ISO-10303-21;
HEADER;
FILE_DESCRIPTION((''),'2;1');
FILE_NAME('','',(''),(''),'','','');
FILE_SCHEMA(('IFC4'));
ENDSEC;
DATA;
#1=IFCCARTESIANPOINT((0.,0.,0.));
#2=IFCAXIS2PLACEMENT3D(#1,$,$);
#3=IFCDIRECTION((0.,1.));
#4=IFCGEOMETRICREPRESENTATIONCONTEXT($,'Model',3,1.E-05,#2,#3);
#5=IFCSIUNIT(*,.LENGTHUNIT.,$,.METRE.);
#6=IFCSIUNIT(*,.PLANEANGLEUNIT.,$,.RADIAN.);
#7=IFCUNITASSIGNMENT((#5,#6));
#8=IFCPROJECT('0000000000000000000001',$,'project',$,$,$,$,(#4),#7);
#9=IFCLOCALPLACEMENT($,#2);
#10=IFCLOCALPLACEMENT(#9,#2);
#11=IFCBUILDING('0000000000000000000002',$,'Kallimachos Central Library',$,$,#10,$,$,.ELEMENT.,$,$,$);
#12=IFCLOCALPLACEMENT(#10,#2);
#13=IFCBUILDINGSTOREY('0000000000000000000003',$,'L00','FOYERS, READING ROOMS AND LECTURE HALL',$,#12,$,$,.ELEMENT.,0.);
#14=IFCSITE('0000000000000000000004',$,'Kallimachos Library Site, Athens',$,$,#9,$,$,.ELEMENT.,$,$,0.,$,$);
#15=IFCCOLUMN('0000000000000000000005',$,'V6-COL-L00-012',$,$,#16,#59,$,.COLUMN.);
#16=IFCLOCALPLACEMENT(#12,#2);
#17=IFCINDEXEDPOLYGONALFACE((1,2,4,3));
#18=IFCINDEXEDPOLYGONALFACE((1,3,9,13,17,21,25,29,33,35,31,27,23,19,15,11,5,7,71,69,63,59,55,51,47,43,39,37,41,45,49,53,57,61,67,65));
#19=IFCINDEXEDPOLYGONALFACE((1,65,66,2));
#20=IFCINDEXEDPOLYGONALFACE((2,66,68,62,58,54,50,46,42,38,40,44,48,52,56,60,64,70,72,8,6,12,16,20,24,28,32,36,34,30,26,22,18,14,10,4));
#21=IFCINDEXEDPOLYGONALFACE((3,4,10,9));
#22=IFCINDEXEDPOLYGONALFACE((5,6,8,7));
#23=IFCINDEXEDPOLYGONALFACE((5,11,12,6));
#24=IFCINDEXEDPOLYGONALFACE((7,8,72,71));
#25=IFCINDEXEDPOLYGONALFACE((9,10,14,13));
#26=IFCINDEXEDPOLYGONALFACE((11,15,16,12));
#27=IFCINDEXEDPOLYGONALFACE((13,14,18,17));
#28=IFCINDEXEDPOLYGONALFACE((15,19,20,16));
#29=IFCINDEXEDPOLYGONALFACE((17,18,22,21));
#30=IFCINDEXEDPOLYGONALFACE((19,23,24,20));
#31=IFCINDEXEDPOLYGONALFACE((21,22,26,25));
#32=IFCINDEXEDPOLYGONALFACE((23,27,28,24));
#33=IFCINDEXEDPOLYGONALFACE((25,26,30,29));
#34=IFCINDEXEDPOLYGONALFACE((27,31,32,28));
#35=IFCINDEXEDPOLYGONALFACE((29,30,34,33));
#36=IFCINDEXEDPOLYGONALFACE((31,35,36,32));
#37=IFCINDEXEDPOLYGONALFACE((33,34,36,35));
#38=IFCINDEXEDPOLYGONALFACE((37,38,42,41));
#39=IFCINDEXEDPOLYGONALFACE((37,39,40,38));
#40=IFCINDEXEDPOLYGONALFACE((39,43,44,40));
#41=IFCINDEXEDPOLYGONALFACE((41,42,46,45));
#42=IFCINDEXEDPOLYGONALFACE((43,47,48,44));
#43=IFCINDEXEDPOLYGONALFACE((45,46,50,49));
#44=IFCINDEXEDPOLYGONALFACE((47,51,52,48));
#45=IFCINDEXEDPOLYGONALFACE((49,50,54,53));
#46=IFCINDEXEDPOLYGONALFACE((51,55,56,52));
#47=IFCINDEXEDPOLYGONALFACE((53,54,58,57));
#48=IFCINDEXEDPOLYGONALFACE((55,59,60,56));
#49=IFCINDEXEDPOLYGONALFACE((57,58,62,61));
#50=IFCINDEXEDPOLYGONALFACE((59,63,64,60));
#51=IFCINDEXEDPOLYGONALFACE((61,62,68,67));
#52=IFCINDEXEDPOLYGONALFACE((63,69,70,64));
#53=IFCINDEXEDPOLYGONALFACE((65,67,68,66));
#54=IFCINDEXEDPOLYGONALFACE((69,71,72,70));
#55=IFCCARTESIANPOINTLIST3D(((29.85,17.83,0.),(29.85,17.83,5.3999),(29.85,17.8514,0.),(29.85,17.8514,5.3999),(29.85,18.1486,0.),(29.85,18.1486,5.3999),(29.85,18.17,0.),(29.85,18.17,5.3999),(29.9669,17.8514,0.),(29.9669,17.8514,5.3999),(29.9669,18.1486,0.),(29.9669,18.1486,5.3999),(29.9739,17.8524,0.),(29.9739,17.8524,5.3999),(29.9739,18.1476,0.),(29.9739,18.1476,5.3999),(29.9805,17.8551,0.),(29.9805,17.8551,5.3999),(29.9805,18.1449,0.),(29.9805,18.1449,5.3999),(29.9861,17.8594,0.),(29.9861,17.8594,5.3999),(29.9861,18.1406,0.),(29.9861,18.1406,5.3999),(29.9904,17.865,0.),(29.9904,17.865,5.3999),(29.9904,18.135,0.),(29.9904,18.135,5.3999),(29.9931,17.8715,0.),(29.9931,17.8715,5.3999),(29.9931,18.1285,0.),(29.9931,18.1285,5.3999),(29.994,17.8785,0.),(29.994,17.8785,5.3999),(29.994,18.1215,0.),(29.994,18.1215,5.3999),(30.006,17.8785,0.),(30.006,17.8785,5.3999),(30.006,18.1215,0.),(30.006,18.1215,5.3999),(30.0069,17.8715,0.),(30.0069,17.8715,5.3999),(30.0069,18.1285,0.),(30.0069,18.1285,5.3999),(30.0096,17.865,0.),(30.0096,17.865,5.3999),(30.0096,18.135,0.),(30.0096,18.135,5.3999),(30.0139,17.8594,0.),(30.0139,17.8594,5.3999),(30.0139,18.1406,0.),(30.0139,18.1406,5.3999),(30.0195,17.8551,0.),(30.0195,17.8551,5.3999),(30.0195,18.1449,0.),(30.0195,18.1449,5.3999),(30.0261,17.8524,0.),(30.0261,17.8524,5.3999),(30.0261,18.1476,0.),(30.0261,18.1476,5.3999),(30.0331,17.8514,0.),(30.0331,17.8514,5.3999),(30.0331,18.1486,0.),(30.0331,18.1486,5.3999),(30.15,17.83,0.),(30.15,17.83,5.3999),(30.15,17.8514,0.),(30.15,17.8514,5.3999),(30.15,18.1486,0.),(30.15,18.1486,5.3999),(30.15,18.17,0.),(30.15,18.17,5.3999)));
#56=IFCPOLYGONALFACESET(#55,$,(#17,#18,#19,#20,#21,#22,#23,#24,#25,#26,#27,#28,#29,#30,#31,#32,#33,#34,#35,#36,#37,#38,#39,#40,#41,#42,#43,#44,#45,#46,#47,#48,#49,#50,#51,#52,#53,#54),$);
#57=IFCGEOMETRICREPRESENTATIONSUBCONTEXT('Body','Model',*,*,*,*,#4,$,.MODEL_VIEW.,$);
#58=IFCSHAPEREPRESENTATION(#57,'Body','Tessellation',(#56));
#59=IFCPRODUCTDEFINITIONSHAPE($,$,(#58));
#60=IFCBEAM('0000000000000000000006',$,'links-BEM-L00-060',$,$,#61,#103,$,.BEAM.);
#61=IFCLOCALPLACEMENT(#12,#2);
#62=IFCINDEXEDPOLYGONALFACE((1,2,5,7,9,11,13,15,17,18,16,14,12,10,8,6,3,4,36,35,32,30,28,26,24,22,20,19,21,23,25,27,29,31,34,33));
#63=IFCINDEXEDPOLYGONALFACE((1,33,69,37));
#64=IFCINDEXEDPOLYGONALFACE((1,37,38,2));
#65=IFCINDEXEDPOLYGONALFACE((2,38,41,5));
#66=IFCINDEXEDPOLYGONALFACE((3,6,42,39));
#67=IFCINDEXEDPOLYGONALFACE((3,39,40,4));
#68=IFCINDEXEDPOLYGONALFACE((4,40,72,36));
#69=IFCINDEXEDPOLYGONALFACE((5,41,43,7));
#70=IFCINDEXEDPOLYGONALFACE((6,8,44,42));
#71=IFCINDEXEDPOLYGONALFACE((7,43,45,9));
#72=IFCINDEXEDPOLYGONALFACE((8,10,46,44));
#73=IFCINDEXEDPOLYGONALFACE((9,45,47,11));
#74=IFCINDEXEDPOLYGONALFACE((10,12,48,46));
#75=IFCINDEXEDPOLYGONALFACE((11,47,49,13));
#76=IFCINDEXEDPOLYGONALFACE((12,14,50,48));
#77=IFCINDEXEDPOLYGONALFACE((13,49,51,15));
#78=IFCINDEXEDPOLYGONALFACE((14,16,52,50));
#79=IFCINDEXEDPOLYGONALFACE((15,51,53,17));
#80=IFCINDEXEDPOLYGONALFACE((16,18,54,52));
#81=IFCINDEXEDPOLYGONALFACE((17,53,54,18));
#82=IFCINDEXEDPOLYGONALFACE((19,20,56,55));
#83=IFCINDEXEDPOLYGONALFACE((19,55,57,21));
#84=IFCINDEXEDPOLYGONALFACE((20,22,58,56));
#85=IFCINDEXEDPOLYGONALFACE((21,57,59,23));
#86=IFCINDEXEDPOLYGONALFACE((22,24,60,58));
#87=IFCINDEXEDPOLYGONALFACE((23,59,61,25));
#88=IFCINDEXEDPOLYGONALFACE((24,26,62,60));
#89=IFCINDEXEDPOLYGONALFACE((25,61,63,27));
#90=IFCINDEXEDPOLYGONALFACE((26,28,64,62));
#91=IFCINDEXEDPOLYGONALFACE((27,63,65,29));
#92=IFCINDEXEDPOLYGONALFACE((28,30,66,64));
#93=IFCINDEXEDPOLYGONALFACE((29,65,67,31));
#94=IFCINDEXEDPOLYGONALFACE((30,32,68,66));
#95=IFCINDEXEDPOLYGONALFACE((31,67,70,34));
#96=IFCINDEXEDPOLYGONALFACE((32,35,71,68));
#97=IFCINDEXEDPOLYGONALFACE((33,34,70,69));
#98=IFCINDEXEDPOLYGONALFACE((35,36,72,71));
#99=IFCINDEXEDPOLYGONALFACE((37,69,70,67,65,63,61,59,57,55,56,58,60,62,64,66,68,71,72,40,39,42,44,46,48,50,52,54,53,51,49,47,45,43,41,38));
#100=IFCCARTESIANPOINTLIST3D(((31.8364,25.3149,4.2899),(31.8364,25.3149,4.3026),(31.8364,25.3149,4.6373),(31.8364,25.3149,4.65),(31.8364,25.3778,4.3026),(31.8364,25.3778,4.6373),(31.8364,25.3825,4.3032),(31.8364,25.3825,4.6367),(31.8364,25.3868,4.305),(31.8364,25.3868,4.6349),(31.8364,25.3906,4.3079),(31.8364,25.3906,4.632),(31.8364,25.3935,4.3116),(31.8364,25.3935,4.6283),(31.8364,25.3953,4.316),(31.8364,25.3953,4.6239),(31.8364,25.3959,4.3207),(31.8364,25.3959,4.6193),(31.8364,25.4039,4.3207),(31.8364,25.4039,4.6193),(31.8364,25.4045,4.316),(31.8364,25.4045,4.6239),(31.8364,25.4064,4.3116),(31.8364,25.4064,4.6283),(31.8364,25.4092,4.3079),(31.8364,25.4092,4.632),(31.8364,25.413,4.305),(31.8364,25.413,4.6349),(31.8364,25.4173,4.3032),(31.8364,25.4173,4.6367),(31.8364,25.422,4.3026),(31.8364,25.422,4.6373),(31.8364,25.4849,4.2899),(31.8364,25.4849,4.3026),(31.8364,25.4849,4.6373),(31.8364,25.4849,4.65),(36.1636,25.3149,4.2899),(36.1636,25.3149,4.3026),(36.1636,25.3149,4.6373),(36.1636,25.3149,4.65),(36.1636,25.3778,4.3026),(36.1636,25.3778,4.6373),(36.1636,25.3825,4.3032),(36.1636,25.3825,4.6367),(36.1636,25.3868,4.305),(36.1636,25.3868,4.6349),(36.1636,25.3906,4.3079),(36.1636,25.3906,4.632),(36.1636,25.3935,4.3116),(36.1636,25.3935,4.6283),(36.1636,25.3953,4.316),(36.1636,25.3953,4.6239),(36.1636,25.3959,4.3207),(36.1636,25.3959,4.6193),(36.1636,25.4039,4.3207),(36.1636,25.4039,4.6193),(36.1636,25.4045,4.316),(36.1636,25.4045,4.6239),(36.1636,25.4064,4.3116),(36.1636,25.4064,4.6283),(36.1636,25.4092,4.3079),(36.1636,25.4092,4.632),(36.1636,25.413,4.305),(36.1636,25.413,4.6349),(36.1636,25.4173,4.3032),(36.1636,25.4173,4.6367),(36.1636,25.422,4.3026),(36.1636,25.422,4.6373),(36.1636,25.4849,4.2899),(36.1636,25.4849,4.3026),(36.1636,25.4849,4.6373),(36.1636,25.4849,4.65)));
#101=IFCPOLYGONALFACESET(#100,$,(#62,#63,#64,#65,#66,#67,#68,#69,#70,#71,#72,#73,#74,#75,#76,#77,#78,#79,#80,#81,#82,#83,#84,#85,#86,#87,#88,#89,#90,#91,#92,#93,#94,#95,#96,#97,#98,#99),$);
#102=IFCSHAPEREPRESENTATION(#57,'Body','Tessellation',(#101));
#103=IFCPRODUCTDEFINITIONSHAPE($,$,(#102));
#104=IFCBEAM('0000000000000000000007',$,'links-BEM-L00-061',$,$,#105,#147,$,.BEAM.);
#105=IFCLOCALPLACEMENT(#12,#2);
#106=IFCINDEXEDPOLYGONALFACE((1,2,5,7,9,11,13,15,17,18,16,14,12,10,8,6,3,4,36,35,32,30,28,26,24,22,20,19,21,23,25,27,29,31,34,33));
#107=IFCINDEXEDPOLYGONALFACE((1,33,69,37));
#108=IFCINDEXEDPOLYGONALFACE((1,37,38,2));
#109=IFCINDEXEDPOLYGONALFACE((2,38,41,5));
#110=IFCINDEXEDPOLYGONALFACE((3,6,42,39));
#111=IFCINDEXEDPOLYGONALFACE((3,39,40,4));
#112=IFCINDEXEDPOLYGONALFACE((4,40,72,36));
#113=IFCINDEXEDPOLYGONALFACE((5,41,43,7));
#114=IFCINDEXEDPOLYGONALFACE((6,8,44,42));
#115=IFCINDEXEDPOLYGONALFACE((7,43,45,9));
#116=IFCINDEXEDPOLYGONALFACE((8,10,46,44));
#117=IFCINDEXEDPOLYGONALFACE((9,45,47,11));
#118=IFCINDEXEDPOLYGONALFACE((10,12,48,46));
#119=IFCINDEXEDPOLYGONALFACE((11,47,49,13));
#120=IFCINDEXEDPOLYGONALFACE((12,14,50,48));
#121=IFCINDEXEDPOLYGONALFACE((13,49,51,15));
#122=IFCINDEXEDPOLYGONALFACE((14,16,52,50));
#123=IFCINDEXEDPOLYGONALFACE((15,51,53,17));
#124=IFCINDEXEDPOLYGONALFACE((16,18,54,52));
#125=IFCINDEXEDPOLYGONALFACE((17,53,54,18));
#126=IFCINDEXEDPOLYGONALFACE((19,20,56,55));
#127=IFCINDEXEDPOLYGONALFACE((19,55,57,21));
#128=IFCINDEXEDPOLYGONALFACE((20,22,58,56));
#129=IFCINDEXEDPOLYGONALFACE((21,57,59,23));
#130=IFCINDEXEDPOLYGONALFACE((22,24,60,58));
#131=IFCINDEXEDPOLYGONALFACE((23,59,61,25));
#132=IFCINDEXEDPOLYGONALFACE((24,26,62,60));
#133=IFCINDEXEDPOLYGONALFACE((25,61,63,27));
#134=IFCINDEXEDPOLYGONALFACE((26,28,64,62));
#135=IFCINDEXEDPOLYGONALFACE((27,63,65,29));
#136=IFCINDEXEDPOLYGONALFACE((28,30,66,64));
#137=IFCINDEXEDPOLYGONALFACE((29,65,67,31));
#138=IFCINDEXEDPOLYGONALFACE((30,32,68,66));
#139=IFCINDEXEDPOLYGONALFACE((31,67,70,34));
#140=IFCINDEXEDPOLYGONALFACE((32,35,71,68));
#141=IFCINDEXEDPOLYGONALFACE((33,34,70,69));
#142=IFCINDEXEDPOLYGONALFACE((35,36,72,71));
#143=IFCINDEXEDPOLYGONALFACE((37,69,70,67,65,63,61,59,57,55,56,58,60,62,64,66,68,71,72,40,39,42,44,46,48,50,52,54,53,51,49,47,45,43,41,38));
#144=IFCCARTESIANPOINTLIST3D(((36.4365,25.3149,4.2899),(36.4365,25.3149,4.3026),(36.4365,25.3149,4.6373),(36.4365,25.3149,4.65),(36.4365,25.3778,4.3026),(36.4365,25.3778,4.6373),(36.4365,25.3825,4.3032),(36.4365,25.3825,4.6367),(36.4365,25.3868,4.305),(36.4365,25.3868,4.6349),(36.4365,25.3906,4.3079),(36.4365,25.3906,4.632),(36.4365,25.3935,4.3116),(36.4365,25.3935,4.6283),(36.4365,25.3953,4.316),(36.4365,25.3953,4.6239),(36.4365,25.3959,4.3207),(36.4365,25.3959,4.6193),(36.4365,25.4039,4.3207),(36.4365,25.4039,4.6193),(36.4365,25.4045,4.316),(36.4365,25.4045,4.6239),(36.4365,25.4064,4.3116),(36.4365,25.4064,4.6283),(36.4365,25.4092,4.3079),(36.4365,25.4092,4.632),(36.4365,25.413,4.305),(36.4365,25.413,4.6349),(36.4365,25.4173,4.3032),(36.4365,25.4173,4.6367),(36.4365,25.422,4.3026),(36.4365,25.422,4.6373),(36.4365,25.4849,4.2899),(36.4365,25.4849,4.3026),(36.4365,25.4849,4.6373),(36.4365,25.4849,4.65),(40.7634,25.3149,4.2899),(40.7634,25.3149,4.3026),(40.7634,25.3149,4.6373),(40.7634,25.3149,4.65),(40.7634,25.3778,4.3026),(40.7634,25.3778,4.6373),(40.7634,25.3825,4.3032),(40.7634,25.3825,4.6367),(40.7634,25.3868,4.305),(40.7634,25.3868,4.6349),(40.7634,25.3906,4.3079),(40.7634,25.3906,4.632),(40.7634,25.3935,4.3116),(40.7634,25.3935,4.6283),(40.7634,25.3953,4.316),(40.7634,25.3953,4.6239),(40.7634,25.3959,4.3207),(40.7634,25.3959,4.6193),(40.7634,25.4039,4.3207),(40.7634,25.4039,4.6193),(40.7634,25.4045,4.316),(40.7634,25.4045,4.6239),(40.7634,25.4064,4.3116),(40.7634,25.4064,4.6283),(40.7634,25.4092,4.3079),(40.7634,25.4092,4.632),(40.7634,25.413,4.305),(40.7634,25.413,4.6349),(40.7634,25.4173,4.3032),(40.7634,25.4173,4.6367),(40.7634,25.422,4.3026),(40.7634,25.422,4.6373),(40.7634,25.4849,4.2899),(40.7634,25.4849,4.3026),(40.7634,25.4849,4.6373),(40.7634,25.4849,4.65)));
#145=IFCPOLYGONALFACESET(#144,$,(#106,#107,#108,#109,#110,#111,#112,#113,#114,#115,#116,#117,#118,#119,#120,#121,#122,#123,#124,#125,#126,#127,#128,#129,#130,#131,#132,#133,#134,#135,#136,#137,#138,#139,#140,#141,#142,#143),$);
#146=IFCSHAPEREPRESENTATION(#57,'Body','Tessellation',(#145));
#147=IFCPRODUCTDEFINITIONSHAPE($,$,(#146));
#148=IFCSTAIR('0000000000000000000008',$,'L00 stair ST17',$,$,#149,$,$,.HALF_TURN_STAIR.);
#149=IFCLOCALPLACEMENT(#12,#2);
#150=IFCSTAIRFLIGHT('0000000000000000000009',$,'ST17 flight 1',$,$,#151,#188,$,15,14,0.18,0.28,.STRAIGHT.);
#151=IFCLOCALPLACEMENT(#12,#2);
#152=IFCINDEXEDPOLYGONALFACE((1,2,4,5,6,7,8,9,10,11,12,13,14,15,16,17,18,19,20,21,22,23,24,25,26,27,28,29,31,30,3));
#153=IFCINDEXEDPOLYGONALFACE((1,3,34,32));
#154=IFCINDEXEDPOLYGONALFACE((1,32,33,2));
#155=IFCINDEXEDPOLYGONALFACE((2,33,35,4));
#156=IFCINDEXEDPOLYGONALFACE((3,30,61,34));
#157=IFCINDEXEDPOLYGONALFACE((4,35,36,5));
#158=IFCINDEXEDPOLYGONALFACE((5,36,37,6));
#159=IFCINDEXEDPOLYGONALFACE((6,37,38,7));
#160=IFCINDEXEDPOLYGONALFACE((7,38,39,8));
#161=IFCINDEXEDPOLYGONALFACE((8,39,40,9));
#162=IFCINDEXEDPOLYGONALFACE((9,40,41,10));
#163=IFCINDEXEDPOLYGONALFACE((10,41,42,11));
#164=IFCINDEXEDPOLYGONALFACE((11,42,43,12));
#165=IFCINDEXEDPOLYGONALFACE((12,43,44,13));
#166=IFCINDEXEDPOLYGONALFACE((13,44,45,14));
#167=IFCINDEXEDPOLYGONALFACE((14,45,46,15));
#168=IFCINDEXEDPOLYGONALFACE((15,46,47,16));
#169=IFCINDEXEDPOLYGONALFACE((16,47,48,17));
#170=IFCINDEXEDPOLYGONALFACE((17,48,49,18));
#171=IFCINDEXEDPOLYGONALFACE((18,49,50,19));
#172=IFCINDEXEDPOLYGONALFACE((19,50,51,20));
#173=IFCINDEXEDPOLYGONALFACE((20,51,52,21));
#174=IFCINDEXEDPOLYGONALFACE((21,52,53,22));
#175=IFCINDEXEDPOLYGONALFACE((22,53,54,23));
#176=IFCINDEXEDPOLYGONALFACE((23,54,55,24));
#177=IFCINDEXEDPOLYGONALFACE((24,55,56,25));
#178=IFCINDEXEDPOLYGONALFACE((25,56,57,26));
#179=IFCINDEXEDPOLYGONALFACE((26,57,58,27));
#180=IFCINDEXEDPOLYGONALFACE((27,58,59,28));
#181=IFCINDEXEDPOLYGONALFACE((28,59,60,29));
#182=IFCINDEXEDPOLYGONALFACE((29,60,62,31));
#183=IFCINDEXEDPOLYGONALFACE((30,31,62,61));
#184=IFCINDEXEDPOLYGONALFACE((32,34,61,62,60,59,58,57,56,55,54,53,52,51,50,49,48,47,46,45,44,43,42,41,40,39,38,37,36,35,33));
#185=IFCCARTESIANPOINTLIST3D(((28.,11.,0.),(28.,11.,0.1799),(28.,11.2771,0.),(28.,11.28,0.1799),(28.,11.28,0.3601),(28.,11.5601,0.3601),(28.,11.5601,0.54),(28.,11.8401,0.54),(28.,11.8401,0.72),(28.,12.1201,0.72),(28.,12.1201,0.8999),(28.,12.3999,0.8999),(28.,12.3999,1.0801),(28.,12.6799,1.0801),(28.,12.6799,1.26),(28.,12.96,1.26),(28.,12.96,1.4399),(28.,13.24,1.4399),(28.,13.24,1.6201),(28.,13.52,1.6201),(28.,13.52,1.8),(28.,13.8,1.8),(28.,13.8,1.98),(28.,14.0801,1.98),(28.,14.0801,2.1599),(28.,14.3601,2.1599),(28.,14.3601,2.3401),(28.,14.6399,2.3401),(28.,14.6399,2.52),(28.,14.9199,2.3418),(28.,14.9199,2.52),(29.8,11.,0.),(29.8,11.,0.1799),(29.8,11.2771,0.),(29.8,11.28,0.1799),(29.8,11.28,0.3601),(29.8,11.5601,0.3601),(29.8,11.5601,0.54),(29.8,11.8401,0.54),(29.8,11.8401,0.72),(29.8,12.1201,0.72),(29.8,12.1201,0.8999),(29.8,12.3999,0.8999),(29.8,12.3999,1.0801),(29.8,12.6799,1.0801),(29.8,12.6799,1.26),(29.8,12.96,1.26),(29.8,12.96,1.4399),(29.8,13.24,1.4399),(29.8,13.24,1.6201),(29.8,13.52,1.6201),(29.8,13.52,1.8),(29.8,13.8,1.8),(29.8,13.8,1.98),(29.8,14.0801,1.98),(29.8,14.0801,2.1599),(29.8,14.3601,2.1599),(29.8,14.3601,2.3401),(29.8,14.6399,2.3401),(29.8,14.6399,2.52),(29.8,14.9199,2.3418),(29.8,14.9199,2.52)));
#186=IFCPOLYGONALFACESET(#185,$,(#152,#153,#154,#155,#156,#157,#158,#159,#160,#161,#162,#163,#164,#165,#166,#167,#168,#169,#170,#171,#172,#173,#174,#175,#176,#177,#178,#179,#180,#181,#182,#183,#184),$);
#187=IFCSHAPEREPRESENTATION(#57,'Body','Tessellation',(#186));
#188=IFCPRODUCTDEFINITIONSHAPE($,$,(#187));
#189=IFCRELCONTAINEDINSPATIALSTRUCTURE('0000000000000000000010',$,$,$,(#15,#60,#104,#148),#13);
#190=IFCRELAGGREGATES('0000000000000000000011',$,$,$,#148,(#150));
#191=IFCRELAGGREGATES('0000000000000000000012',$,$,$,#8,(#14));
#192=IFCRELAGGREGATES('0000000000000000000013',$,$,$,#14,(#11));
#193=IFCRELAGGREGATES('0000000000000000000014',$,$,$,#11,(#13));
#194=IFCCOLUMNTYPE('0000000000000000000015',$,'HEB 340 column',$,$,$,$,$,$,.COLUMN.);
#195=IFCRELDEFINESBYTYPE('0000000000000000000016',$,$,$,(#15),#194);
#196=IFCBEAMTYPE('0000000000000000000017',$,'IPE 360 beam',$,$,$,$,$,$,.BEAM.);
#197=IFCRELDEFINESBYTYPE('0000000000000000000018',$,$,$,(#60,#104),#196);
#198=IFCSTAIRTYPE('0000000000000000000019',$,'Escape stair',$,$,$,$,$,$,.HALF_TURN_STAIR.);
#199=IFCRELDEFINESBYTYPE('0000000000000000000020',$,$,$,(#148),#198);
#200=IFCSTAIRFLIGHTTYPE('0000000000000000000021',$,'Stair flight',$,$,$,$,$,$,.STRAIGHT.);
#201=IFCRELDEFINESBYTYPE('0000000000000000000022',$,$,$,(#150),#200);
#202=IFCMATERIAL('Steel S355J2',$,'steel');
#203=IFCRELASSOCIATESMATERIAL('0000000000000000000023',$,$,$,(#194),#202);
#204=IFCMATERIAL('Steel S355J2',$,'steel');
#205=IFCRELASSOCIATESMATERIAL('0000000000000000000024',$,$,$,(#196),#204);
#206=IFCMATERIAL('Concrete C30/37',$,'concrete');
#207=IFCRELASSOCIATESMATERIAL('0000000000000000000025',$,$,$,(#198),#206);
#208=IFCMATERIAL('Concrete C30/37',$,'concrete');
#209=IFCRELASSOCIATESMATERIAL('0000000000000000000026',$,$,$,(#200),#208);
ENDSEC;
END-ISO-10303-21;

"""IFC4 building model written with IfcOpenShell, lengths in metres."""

from ifc_helpers import new_model, si_unit, direction, frame, origin, origin_2d, place, context, subcontext, project, spatial, polyline, i_section, outline, extrude, material, material_profile, profile_set, type_object, element, aggregate, save


model = new_model("IFC4")

# Units and contexts
model_context = context("Model", 3, precision=1e-05, world=origin(), true_north=direction((0.0, 1.0)))
body_context = subcontext(model_context, "Body", "Model", "MODEL_VIEW")
ifc_project = project(units=[si_unit("LENGTHUNIT", "METRE"), si_unit("PLANEANGLEUNIT", "RADIAN")], contexts=[model_context])

# Site, building, storey
site_placement = place(None, origin())
site = spatial("IfcSite", under=ifc_project, at=site_placement, Name="Kallimachos Library Site, Athens", CompositionType="ELEMENT", RefElevation=0.0)
building_placement = place(site_placement, origin())
building = spatial("IfcBuilding", under=site, at=building_placement, Name="Kallimachos Central Library", CompositionType="ELEMENT")
storey_placement = place(building_placement, origin())
storey = spatial("IfcBuildingStorey", under=building, at=storey_placement, Name="L00", Description="FOYERS, READING ROOMS AND LECTURE HALL", CompositionType="ELEMENT", Elevation=0.0)

# Column
ifc_material_1 = material(Name="Steel S355J2", Category="steel")
ifc_material_profile_1 = material_profile(ifc_material_1, i_section(OverallWidth=0.3, OverallDepth=0.3401, WebThickness=0.012, FlangeThickness=0.0215, FilletRadius=0.0271, at=origin_2d()), Name="HEB 340")
ifc_profile_set_1 = profile_set([ifc_material_profile_1], Name="Steel S355J2")
column_type_1 = type_object("IfcColumnType", Name="HEB 340 column", PredefinedType="COLUMN", material=ifc_profile_set_1)
column_placement = place(storey_placement, frame((30.0, 18.0, 0.0), z_axis=(0.0, 0.0, 1.0), x_axis=(1.0, 0.0, 0.0)))
element("IfcColumn", 1, at=column_placement, inside=storey, type_object=column_type_1, Name="V6-COL-L00-012", PredefinedType="COLUMN", context=body_context, shape_type="SweptSolid", body=[
    extrude(i_section(OverallWidth=0.3, OverallDepth=0.3401, WebThickness=0.012, FlangeThickness=0.0215, FilletRadius=0.0271, at=origin_2d()), origin(), (0.0, 0.0, 1.0), 5.3999),
])

# Beams
ifc_material_2 = material(Name="Steel S355J2", Category="steel")
ifc_material_profile_2 = material_profile(ifc_material_2, i_section(OverallWidth=0.1699, OverallDepth=0.3601, WebThickness=0.0081, FlangeThickness=0.0127, FilletRadius=0.0181, at=origin_2d()), Name="IPE 360")
ifc_profile_set_2 = profile_set([ifc_material_profile_2], Name="Steel S355J2")
beam_type = type_object("IfcBeamType", Name="IPE 360 beam", PredefinedType="BEAM", material=ifc_profile_set_2)
beam_1_placement = place(storey_placement, frame((31.8364, 25.3999, 4.47), z_axis=(1.0, 0.0, 0.0), x_axis=(0.0, 1.0, 0.0)))
element("IfcBeam", 2, at=beam_1_placement, inside=storey, type_object=beam_type, Name="links-BEM-L00-060", PredefinedType="BEAM", context=body_context, shape_type="SweptSolid", body=[
    extrude(i_section(OverallWidth=0.1699, OverallDepth=0.3601, WebThickness=0.0081, FlangeThickness=0.0127, FilletRadius=0.0181, at=origin_2d()), origin(), (0.0, 0.0, 1.0), 4.3271),
])
beam_2_placement = place(storey_placement, frame((36.4365, 25.3999, 4.47), z_axis=(1.0, 0.0, 0.0), x_axis=(0.0, 1.0, 0.0)))
element("IfcBeam", 3, at=beam_2_placement, inside=storey, type_object=beam_type, Name="links-BEM-L00-061", PredefinedType="BEAM", context=body_context, shape_type="SweptSolid", body=[
    extrude(i_section(OverallWidth=0.1699, OverallDepth=0.3601, WebThickness=0.0081, FlangeThickness=0.0127, FilletRadius=0.0181, at=origin_2d()), origin(), (0.0, 0.0, 1.0), 4.3269),
])

# Stair, stair flight
ifc_material_3 = material(Name="Concrete C30/37", Category="concrete")
stair_type = type_object("IfcStairType", Name="Escape stair", PredefinedType="HALF_TURN_STAIR", material=ifc_material_3)
stair_placement = place(storey_placement, origin())
stair = element("IfcStair", 4, at=stair_placement, inside=storey, type_object=stair_type, Name="L00 stair ST17", PredefinedType="HALF_TURN_STAIR")
ifc_material_4 = material(Name="Concrete C30/37", Category="concrete")
stair_flight_type = type_object("IfcStairFlightType", Name="Stair flight", PredefinedType="STRAIGHT", material=ifc_material_4)
stair_flight_placement = place(storey_placement, frame((28.8999, 11.0, 0.0), z_axis=(0.0, 0.0, 1.0), x_axis=(0.0, 1.0, 0.0)))
stair_flight = element("IfcStairFlight", 5, at=stair_flight_placement, type_object=stair_flight_type, Name="ST17 flight 1", NumberOfRisers=15, NumberOfTreads=14, PredefinedType="STRAIGHT", RiserHeight=0.18, TreadLength=0.28, context=body_context, shape_type="SweptSolid", body=[
    extrude(outline(polyline([(0.0, 0.0), (0.0, 0.1799), (0.28, 0.1799), (0.28, 0.3601), (0.5601, 0.3601), (0.5601, 0.54), (0.8401, 0.54), (0.8401, 0.72), (1.1201, 0.72), (1.1201, 0.8999), (1.3999, 0.8999), (1.3999, 1.0801), (1.6799, 1.0801), (1.6799, 1.26), (1.96, 1.26), (1.96, 1.4399), (2.24, 1.4399), (2.24, 1.6201), (2.52, 1.6201), (2.52, 1.8), (2.8, 1.8), (2.8, 1.98), (3.0801, 1.98), (3.0801, 2.1599), (3.3601, 2.1599), (3.3601, 2.3401), (3.6399, 2.3401), (3.6399, 2.52), (3.9199, 2.52), (3.9199, 2.7), (3.9199, 2.3418), (0.2771, 0.0), (0.0, 0.0)])), frame((0.0, 0.8999, 0.0), z_axis=(0.0, -1.0, 0.0), x_axis=(1.0, 0.0, 0.0)), (0.0, 0.0, 1.0), 1.8),
])
aggregate(stair, [stair_flight])

save(model, "model.ifc")
